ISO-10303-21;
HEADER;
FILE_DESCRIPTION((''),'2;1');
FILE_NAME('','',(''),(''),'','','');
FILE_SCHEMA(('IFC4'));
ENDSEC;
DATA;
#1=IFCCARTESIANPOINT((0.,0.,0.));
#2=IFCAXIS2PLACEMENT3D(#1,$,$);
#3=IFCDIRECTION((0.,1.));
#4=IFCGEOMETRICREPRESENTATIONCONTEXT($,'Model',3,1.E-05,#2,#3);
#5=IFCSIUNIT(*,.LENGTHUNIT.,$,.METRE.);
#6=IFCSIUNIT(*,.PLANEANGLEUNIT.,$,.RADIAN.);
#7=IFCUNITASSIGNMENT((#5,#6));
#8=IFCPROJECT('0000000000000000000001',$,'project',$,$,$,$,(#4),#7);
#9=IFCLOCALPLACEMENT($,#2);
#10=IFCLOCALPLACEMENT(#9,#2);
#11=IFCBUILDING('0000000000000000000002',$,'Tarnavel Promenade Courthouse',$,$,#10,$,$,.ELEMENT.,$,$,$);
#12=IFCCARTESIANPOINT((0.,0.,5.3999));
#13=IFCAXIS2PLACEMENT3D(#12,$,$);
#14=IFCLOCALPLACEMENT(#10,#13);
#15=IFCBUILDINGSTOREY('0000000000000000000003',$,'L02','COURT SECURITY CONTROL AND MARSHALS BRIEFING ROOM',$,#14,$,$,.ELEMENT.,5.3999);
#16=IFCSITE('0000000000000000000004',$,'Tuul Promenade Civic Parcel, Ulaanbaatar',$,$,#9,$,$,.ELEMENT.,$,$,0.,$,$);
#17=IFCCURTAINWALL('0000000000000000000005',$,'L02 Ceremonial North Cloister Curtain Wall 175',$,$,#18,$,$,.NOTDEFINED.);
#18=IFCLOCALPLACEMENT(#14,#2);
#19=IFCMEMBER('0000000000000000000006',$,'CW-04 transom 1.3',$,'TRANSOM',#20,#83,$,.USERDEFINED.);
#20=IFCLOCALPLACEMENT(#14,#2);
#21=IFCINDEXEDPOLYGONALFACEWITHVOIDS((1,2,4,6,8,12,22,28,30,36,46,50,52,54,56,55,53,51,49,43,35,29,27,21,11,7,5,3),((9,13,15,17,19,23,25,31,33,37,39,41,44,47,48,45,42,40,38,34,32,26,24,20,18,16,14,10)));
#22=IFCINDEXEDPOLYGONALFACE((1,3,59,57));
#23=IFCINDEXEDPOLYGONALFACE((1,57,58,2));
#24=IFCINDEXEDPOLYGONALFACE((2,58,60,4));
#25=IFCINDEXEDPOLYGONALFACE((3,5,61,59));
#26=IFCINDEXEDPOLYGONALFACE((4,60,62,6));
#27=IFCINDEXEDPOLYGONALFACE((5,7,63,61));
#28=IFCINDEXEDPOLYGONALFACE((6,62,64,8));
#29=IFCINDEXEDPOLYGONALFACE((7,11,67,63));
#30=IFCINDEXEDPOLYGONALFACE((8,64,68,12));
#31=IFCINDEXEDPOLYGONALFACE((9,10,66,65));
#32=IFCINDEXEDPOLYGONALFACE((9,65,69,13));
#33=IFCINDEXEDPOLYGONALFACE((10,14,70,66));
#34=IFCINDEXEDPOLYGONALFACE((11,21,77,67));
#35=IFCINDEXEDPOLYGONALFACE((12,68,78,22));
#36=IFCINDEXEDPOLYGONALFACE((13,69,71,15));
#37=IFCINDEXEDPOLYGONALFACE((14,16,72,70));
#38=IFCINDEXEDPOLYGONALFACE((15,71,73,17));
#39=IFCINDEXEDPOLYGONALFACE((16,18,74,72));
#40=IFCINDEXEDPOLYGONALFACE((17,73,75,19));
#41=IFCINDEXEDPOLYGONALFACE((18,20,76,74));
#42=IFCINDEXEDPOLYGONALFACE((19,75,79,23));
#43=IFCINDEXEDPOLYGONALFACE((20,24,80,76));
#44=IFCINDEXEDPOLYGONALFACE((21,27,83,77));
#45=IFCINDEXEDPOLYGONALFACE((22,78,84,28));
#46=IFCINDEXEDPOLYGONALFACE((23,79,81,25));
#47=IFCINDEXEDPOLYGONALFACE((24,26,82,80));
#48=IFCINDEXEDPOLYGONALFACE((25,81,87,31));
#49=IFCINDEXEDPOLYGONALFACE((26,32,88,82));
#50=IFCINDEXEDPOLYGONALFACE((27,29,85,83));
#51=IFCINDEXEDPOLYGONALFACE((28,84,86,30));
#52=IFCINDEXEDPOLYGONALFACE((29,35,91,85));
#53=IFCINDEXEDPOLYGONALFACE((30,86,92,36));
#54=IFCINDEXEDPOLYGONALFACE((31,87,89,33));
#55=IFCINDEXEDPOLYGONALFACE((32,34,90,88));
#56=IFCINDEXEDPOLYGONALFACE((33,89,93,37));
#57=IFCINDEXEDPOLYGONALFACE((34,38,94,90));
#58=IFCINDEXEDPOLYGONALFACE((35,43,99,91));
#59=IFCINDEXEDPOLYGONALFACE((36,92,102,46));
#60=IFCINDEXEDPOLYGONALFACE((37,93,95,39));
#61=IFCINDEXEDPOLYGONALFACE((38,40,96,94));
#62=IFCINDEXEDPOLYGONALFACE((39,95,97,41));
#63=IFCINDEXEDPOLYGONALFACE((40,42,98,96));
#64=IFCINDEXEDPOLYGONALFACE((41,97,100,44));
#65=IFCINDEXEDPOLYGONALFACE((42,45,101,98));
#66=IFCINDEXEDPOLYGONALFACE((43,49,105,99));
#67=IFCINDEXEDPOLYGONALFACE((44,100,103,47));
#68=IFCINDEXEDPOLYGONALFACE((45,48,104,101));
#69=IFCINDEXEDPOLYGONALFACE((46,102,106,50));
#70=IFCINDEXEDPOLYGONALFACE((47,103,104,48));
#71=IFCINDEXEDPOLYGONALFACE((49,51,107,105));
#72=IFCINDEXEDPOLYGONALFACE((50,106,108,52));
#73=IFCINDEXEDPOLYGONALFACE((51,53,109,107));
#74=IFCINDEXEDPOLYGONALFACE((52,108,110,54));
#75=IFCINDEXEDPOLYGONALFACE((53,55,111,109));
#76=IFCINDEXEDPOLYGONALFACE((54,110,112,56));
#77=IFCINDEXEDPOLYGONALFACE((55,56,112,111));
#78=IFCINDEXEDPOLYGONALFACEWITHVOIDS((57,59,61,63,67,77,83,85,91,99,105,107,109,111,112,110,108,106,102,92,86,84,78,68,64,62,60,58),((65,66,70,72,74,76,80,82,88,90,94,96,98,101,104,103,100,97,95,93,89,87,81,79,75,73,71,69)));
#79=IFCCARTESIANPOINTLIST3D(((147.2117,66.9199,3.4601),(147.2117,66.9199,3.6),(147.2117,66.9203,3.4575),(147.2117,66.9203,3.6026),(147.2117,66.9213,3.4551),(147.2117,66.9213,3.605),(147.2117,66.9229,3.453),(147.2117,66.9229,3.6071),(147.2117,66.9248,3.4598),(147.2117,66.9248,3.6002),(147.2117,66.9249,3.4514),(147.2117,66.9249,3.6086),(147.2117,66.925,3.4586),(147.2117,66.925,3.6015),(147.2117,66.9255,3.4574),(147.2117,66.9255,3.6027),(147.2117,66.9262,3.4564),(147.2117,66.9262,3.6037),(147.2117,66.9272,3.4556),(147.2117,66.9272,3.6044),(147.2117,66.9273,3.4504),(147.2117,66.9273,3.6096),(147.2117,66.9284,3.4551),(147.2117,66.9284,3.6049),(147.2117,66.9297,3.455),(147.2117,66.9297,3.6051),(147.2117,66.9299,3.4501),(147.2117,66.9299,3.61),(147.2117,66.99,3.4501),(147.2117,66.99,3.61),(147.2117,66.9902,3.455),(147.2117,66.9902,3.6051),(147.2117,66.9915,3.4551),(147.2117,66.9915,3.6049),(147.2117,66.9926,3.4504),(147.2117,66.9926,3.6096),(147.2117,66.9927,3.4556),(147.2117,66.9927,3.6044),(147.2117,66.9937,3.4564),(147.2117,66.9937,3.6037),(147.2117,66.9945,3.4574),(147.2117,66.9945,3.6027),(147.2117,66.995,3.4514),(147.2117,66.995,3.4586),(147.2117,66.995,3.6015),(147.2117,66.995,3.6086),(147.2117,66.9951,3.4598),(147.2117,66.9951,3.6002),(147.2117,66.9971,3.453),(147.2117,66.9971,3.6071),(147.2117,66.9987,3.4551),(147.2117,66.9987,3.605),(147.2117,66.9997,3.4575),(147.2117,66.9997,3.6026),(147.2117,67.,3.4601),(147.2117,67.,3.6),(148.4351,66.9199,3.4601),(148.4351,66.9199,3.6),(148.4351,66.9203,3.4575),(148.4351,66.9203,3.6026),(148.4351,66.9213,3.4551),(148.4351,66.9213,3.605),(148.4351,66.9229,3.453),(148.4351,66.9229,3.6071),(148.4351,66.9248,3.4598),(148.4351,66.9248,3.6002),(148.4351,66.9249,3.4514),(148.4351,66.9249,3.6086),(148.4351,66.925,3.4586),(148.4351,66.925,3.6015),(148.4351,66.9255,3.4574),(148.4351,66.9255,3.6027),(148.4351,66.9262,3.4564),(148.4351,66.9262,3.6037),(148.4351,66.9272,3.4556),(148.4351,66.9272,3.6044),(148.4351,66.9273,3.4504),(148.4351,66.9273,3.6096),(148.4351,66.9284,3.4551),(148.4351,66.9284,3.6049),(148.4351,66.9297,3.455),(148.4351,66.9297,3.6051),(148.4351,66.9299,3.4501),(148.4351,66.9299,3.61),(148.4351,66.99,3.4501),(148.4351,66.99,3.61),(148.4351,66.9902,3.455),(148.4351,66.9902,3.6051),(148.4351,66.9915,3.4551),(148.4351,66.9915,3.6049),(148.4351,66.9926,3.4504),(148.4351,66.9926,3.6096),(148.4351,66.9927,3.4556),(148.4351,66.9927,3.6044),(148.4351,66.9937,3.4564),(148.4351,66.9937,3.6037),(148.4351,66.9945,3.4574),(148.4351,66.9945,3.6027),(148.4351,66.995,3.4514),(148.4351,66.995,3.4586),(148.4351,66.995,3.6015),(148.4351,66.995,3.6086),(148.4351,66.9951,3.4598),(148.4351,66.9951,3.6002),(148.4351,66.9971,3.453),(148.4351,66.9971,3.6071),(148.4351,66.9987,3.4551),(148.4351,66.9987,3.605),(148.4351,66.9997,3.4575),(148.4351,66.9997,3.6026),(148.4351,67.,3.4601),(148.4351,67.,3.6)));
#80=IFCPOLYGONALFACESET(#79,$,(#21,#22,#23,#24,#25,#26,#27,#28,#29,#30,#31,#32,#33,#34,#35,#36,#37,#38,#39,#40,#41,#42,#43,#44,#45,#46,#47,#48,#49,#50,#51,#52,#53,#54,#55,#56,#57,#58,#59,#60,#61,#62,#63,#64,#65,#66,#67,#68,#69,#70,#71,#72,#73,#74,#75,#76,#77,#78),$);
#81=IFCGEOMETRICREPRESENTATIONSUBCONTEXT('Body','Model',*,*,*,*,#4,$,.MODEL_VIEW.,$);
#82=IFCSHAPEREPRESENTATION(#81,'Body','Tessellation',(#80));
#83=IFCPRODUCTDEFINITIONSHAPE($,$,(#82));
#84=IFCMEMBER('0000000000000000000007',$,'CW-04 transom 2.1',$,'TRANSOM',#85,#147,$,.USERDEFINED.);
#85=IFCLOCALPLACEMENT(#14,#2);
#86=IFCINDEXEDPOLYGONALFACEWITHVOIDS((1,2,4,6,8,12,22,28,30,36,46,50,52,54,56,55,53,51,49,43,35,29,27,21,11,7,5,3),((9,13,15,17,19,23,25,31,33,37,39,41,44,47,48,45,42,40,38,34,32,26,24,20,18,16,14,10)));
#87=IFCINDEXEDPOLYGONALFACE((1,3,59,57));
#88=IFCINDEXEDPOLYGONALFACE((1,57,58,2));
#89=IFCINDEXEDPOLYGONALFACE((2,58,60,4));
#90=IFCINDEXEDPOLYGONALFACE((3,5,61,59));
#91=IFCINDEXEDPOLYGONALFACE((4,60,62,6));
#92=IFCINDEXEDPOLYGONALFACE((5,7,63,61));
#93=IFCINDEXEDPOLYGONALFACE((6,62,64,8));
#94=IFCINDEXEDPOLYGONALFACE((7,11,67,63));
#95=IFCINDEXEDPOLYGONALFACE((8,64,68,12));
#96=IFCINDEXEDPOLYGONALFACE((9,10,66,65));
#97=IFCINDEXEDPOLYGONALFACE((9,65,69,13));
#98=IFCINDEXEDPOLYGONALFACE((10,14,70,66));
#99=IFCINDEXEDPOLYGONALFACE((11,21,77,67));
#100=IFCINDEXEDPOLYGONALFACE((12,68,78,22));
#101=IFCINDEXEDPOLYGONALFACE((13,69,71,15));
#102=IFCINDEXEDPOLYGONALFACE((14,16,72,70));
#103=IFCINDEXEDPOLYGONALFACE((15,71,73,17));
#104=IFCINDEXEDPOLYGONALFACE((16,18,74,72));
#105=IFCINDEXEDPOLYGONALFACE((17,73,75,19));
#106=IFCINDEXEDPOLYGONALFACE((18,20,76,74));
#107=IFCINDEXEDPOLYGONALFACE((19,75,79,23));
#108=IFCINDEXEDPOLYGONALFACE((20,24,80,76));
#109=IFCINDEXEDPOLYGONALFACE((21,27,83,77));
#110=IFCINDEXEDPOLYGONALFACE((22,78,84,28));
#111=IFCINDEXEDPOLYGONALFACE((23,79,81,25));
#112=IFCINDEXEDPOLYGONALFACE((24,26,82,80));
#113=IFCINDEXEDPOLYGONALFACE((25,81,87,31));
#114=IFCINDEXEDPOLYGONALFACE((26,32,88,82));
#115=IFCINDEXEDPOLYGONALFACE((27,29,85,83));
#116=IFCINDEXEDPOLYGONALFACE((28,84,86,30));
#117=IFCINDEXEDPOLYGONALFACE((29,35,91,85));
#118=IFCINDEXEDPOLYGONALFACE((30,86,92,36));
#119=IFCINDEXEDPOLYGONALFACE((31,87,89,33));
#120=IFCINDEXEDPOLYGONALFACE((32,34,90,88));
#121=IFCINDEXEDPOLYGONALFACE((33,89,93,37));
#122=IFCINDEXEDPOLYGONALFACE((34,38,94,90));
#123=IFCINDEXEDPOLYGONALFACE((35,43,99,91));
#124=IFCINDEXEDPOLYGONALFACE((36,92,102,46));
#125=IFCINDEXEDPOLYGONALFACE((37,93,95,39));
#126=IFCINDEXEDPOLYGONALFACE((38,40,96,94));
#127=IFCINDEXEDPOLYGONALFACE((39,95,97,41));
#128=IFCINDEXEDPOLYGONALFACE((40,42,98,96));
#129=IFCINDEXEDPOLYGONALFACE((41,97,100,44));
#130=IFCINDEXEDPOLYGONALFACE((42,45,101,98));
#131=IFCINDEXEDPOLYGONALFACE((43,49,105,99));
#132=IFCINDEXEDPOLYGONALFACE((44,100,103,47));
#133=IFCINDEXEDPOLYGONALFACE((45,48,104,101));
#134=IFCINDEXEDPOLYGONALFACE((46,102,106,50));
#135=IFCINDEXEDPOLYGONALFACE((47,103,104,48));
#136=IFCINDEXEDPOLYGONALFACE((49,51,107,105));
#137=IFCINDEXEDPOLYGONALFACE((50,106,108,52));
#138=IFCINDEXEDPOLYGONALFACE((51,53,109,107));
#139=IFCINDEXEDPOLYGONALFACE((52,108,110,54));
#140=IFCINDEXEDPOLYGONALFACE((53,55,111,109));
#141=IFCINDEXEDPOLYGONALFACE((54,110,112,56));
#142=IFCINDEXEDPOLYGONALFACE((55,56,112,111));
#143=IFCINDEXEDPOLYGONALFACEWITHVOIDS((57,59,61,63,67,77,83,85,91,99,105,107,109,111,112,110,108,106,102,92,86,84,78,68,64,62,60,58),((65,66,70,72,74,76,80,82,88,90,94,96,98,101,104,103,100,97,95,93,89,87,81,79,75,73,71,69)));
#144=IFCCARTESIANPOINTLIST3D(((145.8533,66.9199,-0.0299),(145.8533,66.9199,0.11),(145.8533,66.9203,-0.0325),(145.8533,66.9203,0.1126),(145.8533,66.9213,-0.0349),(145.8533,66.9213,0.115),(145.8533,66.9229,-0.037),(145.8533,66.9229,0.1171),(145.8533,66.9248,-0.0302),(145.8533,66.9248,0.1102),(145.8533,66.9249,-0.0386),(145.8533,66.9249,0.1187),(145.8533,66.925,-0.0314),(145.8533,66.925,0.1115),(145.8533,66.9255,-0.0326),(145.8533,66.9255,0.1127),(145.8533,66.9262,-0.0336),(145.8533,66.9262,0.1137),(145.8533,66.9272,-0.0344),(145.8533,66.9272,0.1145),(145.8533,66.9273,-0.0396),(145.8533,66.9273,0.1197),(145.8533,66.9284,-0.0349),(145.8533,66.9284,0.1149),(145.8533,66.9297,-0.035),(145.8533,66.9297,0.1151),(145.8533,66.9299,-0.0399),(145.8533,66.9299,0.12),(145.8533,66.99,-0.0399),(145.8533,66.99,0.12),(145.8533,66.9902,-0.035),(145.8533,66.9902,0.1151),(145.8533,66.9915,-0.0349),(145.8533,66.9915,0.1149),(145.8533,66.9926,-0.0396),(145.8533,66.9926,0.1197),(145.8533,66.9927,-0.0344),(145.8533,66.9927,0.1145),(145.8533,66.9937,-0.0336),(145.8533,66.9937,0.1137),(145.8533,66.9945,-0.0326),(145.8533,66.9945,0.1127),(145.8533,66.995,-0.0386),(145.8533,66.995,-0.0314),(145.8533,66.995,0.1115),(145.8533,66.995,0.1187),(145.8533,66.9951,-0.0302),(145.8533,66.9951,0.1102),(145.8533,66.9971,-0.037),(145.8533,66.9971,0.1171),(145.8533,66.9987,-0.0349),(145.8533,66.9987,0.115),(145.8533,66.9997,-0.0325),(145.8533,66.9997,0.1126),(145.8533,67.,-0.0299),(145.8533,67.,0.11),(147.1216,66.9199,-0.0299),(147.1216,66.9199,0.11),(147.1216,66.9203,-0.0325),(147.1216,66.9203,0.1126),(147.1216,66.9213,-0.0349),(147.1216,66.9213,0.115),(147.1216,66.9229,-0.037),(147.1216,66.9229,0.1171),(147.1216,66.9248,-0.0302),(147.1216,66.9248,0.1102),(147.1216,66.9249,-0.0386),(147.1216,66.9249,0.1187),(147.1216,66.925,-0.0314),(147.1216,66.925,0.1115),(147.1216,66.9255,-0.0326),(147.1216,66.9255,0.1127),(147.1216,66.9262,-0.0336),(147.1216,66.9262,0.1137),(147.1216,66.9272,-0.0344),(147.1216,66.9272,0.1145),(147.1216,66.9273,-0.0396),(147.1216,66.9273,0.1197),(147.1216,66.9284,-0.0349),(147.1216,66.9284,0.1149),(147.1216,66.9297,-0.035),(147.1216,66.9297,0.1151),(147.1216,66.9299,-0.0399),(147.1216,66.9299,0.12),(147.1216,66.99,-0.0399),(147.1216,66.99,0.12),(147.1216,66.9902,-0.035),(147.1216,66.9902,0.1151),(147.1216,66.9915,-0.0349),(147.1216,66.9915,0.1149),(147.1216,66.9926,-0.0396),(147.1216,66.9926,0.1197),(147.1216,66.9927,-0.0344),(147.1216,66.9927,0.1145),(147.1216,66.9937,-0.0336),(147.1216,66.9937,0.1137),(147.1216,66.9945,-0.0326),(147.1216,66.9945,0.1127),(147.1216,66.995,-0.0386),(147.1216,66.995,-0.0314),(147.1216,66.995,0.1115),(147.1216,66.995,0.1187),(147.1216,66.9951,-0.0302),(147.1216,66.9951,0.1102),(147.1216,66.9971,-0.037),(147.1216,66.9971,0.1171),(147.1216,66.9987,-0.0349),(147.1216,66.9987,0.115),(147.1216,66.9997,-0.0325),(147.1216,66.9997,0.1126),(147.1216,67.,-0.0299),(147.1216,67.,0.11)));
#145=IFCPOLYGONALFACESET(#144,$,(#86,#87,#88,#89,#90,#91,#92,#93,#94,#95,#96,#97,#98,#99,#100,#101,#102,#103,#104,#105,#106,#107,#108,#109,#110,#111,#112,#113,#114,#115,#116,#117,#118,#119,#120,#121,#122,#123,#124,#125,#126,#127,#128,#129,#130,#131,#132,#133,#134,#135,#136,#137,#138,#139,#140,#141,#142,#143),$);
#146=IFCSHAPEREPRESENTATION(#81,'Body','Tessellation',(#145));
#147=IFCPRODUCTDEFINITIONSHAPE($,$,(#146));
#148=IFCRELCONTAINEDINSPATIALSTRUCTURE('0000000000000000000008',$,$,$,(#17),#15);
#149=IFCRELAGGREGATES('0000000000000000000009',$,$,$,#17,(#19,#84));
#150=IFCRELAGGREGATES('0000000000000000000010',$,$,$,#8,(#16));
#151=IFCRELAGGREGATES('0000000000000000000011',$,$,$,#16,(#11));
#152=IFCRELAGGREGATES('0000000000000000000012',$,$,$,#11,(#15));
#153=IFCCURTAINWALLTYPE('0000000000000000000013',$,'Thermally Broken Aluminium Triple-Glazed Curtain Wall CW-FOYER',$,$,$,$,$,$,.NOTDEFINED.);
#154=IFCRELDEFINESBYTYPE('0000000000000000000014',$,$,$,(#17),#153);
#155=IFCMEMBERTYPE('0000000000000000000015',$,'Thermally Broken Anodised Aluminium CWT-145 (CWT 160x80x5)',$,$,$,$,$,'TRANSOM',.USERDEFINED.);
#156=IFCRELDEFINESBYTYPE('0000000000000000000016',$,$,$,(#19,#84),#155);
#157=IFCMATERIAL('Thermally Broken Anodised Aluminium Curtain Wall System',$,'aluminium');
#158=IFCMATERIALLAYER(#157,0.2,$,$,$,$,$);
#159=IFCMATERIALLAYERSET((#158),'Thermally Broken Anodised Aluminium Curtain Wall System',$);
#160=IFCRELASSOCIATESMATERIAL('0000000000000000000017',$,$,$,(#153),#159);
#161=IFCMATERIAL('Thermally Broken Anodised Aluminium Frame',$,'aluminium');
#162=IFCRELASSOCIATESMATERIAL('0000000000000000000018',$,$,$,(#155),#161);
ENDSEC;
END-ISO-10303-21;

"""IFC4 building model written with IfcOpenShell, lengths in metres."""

from ifc_helpers import new_model, si_unit, direction, frame, origin, origin_2d, place, context, subcontext, project, spatial, hollow_rectangle, extrude, material, layer, layer_set, material_profile, profile_set, type_object, element, aggregate, save


model = new_model("IFC4")

# Units and contexts
model_context = context("Model", 3, precision=1e-05, world=origin(), true_north=direction((0.0, 1.0)))
body_context = subcontext(model_context, "Body", "Model", "MODEL_VIEW")
ifc_project = project(units=[si_unit("LENGTHUNIT", "METRE"), si_unit("PLANEANGLEUNIT", "RADIAN")], contexts=[model_context])

# Site, building, storey
site_placement = place(None, origin())
site = spatial("IfcSite", under=ifc_project, at=site_placement, Name="Tuul Promenade Civic Parcel, Ulaanbaatar", CompositionType="ELEMENT", RefElevation=0.0)
building_placement = place(site_placement, origin())
building = spatial("IfcBuilding", under=site, at=building_placement, Name="Tarnavel Promenade Courthouse", CompositionType="ELEMENT")
storey_placement = place(building_placement, frame((0.0, 0.0, 5.3999)))
storey = spatial("IfcBuildingStorey", under=building, at=storey_placement, Name="L02", Description="COURT SECURITY CONTROL AND MARSHALS BRIEFING ROOM", CompositionType="ELEMENT", Elevation=5.3999)

# Curtain wall
ifc_material_1 = material(Name="Thermally Broken Anodised Aluminium Curtain Wall System", Category="aluminium")
ifc_layer_1 = layer(ifc_material_1, 0.2)
ifc_layer_set_1 = layer_set([ifc_layer_1], Name="Thermally Broken Anodised Aluminium Curtain Wall System")
curtain_wall_type = type_object("IfcCurtainWallType", Name="Thermally Broken Aluminium Triple-Glazed Curtain Wall CW-FOYER", PredefinedType="NOTDEFINED", material=ifc_layer_set_1)
ifc_material_2 = material(Name="Thermally Broken Anodised Aluminium Frame", Category="aluminium")
curtain_wall_1_placement = place(storey_placement, origin())
curtain_wall_1 = element("IfcCurtainWall", 1, at=curtain_wall_1_placement, inside=storey, type_object=curtain_wall_type, Name="L02 Ceremonial North Cloister Curtain Wall 175", PredefinedType="NOTDEFINED")

# Members
ifc_material_profile_1 = material_profile(ifc_material_2, hollow_rectangle(XDim=0.0801, YDim=0.1599, WallThickness=0.0049, InnerFilletRadius=0.0049, OuterFilletRadius=0.01, at=origin_2d()), Name="CWT 160x80x5")
ifc_profile_set_1 = profile_set([ifc_material_profile_1], Name="Thermally Broken Anodised Aluminium Frame")
member_type_1 = type_object("IfcMemberType", Name="Thermally Broken Anodised Aluminium CWT-145 (CWT 160x80x5)", ElementType="TRANSOM", PredefinedType="USERDEFINED", material=ifc_profile_set_1)
member_1_placement = place(storey_placement, frame((148.4351, 66.96, 3.53), z_axis=(-1.0, 0.0, 0.0), x_axis=(0.0, -1.0, 0.0)))
member_1 = element("IfcMember", 2, at=member_1_placement, type_object=member_type_1, Name="CW-04 transom 1.3", ObjectType="TRANSOM", PredefinedType="USERDEFINED", context=body_context, shape_type="SweptSolid", body=[
    extrude(hollow_rectangle(XDim=0.0801, YDim=0.1599, WallThickness=0.0049, InnerFilletRadius=0.0049, OuterFilletRadius=0.01, at=origin_2d()), origin(), (0.0, 0.0, 1.0), 1.2234),
])
member_2_placement = place(storey_placement, frame((147.1216, 66.96, 0.04), z_axis=(-1.0, 0.0, 0.0), x_axis=(0.0, -1.0, 0.0)))
member_2 = element("IfcMember", 3, at=member_2_placement, type_object=member_type_1, Name="CW-04 transom 2.1", ObjectType="TRANSOM", PredefinedType="USERDEFINED", context=body_context, shape_type="SweptSolid", body=[
    extrude(hollow_rectangle(XDim=0.0801, YDim=0.1599, WallThickness=0.0049, InnerFilletRadius=0.0049, OuterFilletRadius=0.01, at=origin_2d()), origin(), (0.0, 0.0, 1.0), 1.2683),
])

aggregate(curtain_wall_1, [member_1, member_2])

save(model, "model.ifc")
